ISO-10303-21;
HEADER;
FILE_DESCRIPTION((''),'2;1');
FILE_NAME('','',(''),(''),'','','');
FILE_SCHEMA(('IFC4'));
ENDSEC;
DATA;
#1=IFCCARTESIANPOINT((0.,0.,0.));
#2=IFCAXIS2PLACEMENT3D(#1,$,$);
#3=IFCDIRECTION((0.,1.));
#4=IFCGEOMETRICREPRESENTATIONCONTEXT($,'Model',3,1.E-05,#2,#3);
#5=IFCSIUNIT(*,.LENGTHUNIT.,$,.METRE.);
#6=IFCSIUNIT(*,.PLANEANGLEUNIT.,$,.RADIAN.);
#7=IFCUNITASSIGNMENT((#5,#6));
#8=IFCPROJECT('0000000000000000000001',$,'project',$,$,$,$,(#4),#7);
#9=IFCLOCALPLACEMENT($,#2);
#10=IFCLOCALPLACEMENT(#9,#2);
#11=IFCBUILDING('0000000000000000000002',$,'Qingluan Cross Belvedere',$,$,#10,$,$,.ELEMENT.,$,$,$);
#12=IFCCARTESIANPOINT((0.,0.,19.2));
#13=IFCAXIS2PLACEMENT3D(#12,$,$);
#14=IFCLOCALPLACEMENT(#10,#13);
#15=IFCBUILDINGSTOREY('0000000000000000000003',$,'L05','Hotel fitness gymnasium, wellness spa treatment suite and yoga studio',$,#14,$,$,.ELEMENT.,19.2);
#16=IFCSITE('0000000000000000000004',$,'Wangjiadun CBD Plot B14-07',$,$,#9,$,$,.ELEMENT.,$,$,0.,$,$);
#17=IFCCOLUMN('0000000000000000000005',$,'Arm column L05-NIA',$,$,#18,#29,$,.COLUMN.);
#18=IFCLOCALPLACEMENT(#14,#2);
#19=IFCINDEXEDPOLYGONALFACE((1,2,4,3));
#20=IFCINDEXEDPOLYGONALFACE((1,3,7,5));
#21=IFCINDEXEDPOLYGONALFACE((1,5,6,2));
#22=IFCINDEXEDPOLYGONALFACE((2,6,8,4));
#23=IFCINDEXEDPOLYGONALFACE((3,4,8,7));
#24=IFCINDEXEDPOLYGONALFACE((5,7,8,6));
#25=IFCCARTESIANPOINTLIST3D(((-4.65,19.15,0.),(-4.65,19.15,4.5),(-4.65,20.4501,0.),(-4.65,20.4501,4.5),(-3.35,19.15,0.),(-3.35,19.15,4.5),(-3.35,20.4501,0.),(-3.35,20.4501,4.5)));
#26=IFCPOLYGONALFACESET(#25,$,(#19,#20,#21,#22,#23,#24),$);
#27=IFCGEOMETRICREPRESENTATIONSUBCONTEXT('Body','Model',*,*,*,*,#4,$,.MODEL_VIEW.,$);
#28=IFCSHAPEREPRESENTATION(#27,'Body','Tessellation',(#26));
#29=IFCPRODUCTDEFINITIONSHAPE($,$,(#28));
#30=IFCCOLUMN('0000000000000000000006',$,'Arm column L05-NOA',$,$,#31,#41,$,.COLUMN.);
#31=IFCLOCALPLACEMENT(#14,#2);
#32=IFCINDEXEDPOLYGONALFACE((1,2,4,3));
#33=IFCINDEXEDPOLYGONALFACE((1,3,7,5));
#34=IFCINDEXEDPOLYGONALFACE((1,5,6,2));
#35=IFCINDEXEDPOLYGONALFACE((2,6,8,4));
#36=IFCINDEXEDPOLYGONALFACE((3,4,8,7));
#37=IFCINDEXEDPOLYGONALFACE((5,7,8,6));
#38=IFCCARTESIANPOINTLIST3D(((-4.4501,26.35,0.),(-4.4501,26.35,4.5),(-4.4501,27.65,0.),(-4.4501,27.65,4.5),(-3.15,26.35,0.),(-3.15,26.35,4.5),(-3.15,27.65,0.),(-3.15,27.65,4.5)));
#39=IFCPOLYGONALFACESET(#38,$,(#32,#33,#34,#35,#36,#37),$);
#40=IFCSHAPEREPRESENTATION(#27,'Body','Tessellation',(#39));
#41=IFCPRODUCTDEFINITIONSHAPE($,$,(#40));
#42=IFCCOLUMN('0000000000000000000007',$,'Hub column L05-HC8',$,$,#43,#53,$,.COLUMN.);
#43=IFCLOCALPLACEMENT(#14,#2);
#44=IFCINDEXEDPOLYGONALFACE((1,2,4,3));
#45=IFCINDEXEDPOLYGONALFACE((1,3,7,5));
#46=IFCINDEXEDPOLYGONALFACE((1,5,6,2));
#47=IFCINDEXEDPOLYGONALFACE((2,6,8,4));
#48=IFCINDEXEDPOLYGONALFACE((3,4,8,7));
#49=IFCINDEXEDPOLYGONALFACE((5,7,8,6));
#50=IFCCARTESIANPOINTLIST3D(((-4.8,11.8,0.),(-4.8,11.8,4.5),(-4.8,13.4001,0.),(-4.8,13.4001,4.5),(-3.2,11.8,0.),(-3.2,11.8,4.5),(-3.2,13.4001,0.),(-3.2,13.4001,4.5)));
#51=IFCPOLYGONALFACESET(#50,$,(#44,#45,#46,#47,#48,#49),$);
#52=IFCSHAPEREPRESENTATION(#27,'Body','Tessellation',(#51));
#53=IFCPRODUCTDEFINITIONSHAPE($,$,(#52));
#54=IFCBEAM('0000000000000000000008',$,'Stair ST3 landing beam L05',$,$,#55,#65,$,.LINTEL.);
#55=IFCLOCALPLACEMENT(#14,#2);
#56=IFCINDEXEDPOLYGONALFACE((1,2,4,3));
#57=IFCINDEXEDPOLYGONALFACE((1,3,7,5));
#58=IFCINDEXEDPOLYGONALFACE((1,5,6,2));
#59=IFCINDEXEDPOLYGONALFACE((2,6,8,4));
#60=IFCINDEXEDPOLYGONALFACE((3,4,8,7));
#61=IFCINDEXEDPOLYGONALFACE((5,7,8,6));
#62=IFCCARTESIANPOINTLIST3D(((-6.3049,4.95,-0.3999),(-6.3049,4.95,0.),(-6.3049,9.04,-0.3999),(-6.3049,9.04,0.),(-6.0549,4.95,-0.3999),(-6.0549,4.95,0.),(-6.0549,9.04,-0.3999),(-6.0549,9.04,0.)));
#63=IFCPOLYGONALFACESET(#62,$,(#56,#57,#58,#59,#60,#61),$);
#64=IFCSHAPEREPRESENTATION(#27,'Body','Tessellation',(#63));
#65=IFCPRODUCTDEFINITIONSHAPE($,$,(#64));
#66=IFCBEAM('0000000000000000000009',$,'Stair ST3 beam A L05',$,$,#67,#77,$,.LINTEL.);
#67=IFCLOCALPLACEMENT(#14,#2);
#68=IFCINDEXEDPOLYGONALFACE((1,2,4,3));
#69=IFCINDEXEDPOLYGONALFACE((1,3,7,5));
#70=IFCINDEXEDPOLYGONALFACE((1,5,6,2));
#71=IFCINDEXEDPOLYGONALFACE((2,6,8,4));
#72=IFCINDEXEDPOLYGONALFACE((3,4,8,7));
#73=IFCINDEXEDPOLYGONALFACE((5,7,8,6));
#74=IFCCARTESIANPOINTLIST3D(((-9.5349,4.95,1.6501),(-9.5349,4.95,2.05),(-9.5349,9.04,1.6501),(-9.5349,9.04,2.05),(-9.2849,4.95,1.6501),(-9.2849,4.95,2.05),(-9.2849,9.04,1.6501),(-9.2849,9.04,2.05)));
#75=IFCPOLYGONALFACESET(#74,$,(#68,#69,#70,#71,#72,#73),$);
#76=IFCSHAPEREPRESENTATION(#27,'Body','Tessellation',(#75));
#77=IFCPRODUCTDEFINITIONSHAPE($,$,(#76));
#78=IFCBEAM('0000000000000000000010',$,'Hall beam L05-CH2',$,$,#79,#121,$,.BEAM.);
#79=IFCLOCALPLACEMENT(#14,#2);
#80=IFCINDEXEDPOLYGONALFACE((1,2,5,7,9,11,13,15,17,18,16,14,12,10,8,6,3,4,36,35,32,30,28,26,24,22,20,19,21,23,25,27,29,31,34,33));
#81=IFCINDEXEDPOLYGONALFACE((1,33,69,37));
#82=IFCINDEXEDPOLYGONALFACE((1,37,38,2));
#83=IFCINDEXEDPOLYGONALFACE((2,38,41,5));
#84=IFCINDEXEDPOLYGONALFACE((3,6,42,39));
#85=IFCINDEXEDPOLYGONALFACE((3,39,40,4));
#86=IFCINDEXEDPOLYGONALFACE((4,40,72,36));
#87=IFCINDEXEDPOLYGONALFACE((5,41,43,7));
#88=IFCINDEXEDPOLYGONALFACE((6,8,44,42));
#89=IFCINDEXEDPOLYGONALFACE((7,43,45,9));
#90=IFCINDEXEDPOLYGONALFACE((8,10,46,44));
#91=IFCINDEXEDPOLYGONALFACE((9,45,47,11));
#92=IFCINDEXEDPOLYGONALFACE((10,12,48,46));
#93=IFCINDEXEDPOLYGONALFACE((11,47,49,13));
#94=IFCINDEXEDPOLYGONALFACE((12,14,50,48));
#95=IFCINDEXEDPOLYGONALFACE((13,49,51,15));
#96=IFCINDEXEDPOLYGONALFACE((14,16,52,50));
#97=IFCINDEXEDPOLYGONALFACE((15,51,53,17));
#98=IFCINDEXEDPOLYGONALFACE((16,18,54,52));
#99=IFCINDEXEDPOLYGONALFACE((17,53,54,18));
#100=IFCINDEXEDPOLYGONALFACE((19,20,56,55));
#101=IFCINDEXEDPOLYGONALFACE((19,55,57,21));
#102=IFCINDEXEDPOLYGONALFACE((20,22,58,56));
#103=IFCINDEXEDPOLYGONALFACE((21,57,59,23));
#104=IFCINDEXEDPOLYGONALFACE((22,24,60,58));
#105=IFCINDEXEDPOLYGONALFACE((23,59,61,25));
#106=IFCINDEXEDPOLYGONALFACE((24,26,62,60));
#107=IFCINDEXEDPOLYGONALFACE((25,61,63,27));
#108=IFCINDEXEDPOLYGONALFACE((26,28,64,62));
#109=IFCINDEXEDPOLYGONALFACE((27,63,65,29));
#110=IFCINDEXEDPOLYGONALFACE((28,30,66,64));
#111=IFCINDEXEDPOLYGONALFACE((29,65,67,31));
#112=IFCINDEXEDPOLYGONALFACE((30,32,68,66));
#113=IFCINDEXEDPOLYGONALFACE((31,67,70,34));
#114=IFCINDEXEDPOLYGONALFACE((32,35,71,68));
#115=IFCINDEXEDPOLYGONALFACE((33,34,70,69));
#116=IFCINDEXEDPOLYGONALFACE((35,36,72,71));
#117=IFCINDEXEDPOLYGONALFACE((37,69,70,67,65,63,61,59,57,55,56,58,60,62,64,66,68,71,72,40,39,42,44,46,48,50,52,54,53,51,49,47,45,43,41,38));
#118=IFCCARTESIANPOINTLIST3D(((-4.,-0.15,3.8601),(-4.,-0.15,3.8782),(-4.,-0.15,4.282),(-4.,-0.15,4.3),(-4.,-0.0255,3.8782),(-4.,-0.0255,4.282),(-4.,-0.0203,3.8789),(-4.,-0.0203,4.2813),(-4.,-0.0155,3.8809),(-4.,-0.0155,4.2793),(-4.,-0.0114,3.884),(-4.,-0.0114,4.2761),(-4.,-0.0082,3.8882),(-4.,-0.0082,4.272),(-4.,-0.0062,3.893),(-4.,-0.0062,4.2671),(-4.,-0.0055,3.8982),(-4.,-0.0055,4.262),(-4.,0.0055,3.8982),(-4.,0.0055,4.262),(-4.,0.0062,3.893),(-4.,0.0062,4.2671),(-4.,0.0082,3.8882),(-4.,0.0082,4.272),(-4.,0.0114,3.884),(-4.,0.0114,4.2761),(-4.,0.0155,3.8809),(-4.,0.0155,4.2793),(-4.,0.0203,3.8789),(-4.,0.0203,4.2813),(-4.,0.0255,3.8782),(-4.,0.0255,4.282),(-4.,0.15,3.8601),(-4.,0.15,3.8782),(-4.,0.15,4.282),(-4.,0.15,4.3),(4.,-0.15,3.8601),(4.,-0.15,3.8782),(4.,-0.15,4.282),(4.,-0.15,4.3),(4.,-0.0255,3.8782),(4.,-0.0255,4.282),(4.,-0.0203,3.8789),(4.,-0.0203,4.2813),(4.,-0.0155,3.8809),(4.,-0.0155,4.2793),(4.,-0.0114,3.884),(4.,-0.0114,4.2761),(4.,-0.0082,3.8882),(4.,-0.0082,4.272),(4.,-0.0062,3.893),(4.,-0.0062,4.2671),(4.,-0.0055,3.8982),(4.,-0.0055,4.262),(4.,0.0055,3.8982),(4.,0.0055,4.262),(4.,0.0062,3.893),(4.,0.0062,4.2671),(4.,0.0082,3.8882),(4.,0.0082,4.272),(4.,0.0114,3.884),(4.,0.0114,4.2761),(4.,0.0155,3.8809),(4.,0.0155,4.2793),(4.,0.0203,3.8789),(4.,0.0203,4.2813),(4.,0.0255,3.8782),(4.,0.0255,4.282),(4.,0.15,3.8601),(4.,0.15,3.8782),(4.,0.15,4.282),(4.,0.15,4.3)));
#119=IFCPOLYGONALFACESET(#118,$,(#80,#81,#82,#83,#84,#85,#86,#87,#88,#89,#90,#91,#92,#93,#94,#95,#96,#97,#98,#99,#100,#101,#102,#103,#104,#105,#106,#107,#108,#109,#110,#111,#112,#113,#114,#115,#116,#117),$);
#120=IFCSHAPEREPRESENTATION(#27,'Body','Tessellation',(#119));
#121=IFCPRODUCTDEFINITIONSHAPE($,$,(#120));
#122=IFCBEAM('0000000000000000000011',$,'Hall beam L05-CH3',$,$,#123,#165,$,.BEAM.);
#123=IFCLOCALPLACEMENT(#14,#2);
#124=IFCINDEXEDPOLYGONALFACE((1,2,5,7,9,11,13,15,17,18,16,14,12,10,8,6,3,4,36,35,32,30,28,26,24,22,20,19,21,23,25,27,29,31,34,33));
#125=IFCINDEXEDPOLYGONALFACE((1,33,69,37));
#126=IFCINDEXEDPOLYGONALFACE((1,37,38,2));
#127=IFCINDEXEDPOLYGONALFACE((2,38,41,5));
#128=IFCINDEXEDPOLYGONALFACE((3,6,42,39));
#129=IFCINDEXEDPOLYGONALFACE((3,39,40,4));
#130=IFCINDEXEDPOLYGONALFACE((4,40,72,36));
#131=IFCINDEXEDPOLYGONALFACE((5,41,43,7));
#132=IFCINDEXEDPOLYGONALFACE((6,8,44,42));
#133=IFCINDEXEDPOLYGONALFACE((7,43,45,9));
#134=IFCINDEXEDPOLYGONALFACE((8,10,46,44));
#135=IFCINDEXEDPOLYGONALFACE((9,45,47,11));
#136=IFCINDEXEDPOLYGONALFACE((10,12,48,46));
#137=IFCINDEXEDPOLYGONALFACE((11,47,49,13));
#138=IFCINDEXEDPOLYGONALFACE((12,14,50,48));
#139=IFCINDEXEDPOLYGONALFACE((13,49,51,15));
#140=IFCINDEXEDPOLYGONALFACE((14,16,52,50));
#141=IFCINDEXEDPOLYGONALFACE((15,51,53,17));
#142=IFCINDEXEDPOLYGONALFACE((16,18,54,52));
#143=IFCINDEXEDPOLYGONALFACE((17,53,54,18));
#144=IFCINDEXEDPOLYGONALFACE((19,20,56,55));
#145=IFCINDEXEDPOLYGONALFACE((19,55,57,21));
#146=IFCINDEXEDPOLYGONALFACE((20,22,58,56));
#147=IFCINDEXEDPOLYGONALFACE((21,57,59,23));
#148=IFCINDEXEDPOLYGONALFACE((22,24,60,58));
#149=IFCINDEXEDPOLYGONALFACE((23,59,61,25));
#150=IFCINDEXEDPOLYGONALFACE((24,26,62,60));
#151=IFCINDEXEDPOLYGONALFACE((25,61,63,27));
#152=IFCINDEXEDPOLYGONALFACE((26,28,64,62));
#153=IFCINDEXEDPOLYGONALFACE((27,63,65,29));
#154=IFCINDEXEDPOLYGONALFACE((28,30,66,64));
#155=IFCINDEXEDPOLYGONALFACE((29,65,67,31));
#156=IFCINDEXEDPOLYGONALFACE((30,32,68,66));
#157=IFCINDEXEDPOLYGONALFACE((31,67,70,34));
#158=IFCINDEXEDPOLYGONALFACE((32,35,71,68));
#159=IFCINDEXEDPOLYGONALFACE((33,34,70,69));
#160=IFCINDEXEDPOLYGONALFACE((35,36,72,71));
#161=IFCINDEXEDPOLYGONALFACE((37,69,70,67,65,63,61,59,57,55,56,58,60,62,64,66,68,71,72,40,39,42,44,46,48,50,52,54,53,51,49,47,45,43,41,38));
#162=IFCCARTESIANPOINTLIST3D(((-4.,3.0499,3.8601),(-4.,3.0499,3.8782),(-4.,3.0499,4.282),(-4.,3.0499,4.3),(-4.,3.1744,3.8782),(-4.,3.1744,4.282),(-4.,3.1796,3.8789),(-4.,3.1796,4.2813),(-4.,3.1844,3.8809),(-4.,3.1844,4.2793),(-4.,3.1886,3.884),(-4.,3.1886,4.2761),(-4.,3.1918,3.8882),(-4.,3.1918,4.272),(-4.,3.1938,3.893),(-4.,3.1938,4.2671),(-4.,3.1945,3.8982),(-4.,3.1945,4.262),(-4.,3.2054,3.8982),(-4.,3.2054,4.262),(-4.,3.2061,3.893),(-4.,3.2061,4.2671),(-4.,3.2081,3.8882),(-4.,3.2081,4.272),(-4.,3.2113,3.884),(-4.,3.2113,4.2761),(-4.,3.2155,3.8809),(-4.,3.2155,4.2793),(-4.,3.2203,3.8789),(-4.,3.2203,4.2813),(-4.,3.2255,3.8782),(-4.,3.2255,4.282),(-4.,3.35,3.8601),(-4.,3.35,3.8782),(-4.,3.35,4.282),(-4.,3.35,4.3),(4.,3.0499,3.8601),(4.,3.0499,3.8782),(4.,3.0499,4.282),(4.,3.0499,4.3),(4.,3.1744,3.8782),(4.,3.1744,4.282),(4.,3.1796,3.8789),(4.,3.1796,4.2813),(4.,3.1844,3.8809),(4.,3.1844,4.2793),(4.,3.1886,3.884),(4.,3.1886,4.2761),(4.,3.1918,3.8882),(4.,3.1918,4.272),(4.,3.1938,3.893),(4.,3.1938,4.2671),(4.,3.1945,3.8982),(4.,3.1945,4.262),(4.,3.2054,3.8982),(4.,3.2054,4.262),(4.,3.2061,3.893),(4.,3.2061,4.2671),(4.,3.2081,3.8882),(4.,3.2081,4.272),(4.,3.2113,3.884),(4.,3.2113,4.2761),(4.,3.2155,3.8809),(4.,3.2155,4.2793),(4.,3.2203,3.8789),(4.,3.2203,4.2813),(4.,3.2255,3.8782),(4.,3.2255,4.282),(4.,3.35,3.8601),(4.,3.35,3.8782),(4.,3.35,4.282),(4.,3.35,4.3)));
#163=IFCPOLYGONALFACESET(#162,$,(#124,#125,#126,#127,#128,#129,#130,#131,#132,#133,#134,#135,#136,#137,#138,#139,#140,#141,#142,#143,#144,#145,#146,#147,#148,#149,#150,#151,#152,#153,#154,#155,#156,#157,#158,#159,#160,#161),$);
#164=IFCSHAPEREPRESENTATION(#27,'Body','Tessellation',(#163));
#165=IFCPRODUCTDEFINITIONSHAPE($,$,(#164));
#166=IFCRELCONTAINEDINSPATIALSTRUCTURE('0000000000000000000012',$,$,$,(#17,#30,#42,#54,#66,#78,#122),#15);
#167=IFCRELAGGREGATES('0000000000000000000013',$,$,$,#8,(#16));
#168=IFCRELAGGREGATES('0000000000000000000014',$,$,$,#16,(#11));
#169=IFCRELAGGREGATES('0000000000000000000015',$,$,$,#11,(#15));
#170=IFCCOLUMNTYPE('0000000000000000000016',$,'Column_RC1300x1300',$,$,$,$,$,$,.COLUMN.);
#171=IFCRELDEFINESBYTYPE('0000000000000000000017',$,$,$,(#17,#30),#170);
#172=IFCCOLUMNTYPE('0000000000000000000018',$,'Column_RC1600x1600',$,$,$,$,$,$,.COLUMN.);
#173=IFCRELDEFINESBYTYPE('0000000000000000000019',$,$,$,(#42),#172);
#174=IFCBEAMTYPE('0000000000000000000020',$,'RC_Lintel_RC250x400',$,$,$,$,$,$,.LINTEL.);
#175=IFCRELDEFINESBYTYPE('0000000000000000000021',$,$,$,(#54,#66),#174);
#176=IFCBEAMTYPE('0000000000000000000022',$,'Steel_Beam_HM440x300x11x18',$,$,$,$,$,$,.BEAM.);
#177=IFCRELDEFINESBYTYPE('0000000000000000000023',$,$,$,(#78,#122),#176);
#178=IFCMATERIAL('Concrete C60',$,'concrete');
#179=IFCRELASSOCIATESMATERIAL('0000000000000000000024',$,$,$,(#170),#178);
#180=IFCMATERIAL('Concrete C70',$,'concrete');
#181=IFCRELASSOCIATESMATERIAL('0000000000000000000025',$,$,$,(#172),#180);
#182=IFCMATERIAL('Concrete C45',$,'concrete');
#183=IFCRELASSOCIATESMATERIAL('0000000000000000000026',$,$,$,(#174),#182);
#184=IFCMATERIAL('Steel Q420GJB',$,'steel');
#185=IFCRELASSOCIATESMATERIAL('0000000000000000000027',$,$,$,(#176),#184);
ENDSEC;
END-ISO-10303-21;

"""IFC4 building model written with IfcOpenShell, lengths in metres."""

from ifc_helpers import new_model, si_unit, direction, frame, origin, origin_2d, place, context, subcontext, project, spatial, rectangle, i_section, extrude, material, material_profile, profile_set, type_object, element, save


model = new_model("IFC4")

# Units and contexts
model_context = context("Model", 3, precision=1e-05, world=origin(), true_north=direction((0.0, 1.0)))
body_context = subcontext(model_context, "Body", "Model", "MODEL_VIEW")
ifc_project = project(units=[si_unit("LENGTHUNIT", "METRE"), si_unit("PLANEANGLEUNIT", "RADIAN")], contexts=[model_context])

# Site, building, storey
site_placement = place(None, origin())
site = spatial("IfcSite", under=ifc_project, at=site_placement, Name="Wangjiadun CBD Plot B14-07", CompositionType="ELEMENT", RefElevation=0.0)
building_placement = place(site_placement, origin())
building = spatial("IfcBuilding", under=site, at=building_placement, Name="Qingluan Cross Belvedere", CompositionType="ELEMENT")
storey_placement = place(building_placement, frame((0.0, 0.0, 19.2)))
storey = spatial("IfcBuildingStorey", under=building, at=storey_placement, Name="L05", Description="Hotel fitness gymnasium, wellness spa treatment suite and yoga studio", CompositionType="ELEMENT", Elevation=19.2)

# Columns
ifc_material_1 = material(Name="Concrete C60", Category="concrete")
ifc_material_profile_1 = material_profile(ifc_material_1, rectangle(XDim=1.3, YDim=1.3, at=origin_2d()), Name="RC1300x1300")
ifc_profile_set_1 = profile_set([ifc_material_profile_1], Name="Concrete C60")
column_type_1 = type_object("IfcColumnType", Name="Column_RC1300x1300", PredefinedType="COLUMN", material=ifc_profile_set_1)
for number, where, z_axis, x_axis, name in (
    (1, (-4.0, 19.8, 0.0), (0.0, 0.0, 1.0), (1.0, 0.0, 0.0), "Arm column L05-NIA"),
    (2, (-3.8, 27.0, 0.0), (0.0, 0.0, 1.0), (1.0, 0.0, 0.0), "Arm column L05-NOA"),
):
    element("IfcColumn", number, at=place(storey_placement, frame(where, z_axis=z_axis, x_axis=x_axis)), inside=storey, type_object=column_type_1, Name=name, PredefinedType="COLUMN", context=body_context, shape_type="SweptSolid", body=[
        extrude(rectangle(XDim=1.3, YDim=1.3, at=origin_2d()), origin(), (0.0, 0.0, 1.0), 4.5),
    ])
ifc_material_2 = material(Name="Concrete C70", Category="concrete")
ifc_material_profile_2 = material_profile(ifc_material_2, rectangle(XDim=1.6001, YDim=1.6001, at=origin_2d()), Name="RC1600x1600")
ifc_profile_set_2 = profile_set([ifc_material_profile_2], Name="Concrete C70")
column_type_2 = type_object("IfcColumnType", Name="Column_RC1600x1600", PredefinedType="COLUMN", material=ifc_profile_set_2)
column_placement = place(storey_placement, frame((-4.0, 12.6001, 0.0), z_axis=(0.0, 0.0, 1.0), x_axis=(1.0, 0.0, 0.0)))
element("IfcColumn", 3, at=column_placement, inside=storey, type_object=column_type_2, Name="Hub column L05-HC8", PredefinedType="COLUMN", context=body_context, shape_type="SweptSolid", body=[
    extrude(rectangle(XDim=1.6001, YDim=1.6001, at=origin_2d()), origin(), (0.0, 0.0, 1.0), 4.5),
])

# Beams
ifc_material_3 = material(Name="Concrete C45", Category="concrete")
ifc_material_profile_3 = material_profile(ifc_material_3, rectangle(XDim=0.25, YDim=0.3999, at=origin_2d()), Name="RC250x400")
ifc_profile_set_3 = profile_set([ifc_material_profile_3], Name="Concrete C45")
beam_type_1 = type_object("IfcBeamType", Name="RC_Lintel_RC250x400", PredefinedType="LINTEL", material=ifc_profile_set_3)
for number, where, z_axis, x_axis, name in (
    (4, (-6.1799, 4.95, -0.2), (0.0, 1.0, 0.0), (-1.0, 0.0, 0.0), "Stair ST3 landing beam L05"),
    (5, (-9.4099, 4.95, 1.8501), (0.0, 1.0, 0.0), (-1.0, 0.0, 0.0), "Stair ST3 beam A L05"),
):
    element("IfcBeam", number, at=place(storey_placement, frame(where, z_axis=z_axis, x_axis=x_axis)), inside=storey, type_object=beam_type_1, Name=name, PredefinedType="LINTEL", context=body_context, shape_type="SweptSolid", body=[
        extrude(rectangle(XDim=0.25, YDim=0.3999, at=origin_2d()), origin(), (0.0, 0.0, 1.0), 4.0901),
    ])
ifc_material_4 = material(Name="Steel Q420GJB", Category="steel")
ifc_material_profile_4 = material_profile(ifc_material_4, i_section(OverallWidth=0.3, OverallDepth=0.4399, WebThickness=0.011, FlangeThickness=0.0181, FilletRadius=0.02, at=origin_2d()), Name="HM440x300x11x18")
ifc_profile_set_4 = profile_set([ifc_material_profile_4], Name="Steel Q420GJB")
beam_type_2 = type_object("IfcBeamType", Name="Steel_Beam_HM440x300x11x18", PredefinedType="BEAM", material=ifc_profile_set_4)
for number, where, z_axis, x_axis, name in (
    (6, (-4.0, 0.0, 4.0801), (1.0, 0.0, 0.0), (0.0, 1.0, 0.0), "Hall beam L05-CH2"),
    (7, (-4.0, 3.2, 4.0801), (1.0, 0.0, 0.0), (0.0, 1.0, 0.0), "Hall beam L05-CH3"),
):
    element("IfcBeam", number, at=place(storey_placement, frame(where, z_axis=z_axis, x_axis=x_axis)), inside=storey, type_object=beam_type_2, Name=name, PredefinedType="BEAM", context=body_context, shape_type="SweptSolid", body=[
        extrude(i_section(OverallWidth=0.3, OverallDepth=0.4399, WebThickness=0.011, FlangeThickness=0.0181, FilletRadius=0.02, at=origin_2d()), origin(), (0.0, 0.0, 1.0), 8.0),
    ])

save(model, "model.ifc")
